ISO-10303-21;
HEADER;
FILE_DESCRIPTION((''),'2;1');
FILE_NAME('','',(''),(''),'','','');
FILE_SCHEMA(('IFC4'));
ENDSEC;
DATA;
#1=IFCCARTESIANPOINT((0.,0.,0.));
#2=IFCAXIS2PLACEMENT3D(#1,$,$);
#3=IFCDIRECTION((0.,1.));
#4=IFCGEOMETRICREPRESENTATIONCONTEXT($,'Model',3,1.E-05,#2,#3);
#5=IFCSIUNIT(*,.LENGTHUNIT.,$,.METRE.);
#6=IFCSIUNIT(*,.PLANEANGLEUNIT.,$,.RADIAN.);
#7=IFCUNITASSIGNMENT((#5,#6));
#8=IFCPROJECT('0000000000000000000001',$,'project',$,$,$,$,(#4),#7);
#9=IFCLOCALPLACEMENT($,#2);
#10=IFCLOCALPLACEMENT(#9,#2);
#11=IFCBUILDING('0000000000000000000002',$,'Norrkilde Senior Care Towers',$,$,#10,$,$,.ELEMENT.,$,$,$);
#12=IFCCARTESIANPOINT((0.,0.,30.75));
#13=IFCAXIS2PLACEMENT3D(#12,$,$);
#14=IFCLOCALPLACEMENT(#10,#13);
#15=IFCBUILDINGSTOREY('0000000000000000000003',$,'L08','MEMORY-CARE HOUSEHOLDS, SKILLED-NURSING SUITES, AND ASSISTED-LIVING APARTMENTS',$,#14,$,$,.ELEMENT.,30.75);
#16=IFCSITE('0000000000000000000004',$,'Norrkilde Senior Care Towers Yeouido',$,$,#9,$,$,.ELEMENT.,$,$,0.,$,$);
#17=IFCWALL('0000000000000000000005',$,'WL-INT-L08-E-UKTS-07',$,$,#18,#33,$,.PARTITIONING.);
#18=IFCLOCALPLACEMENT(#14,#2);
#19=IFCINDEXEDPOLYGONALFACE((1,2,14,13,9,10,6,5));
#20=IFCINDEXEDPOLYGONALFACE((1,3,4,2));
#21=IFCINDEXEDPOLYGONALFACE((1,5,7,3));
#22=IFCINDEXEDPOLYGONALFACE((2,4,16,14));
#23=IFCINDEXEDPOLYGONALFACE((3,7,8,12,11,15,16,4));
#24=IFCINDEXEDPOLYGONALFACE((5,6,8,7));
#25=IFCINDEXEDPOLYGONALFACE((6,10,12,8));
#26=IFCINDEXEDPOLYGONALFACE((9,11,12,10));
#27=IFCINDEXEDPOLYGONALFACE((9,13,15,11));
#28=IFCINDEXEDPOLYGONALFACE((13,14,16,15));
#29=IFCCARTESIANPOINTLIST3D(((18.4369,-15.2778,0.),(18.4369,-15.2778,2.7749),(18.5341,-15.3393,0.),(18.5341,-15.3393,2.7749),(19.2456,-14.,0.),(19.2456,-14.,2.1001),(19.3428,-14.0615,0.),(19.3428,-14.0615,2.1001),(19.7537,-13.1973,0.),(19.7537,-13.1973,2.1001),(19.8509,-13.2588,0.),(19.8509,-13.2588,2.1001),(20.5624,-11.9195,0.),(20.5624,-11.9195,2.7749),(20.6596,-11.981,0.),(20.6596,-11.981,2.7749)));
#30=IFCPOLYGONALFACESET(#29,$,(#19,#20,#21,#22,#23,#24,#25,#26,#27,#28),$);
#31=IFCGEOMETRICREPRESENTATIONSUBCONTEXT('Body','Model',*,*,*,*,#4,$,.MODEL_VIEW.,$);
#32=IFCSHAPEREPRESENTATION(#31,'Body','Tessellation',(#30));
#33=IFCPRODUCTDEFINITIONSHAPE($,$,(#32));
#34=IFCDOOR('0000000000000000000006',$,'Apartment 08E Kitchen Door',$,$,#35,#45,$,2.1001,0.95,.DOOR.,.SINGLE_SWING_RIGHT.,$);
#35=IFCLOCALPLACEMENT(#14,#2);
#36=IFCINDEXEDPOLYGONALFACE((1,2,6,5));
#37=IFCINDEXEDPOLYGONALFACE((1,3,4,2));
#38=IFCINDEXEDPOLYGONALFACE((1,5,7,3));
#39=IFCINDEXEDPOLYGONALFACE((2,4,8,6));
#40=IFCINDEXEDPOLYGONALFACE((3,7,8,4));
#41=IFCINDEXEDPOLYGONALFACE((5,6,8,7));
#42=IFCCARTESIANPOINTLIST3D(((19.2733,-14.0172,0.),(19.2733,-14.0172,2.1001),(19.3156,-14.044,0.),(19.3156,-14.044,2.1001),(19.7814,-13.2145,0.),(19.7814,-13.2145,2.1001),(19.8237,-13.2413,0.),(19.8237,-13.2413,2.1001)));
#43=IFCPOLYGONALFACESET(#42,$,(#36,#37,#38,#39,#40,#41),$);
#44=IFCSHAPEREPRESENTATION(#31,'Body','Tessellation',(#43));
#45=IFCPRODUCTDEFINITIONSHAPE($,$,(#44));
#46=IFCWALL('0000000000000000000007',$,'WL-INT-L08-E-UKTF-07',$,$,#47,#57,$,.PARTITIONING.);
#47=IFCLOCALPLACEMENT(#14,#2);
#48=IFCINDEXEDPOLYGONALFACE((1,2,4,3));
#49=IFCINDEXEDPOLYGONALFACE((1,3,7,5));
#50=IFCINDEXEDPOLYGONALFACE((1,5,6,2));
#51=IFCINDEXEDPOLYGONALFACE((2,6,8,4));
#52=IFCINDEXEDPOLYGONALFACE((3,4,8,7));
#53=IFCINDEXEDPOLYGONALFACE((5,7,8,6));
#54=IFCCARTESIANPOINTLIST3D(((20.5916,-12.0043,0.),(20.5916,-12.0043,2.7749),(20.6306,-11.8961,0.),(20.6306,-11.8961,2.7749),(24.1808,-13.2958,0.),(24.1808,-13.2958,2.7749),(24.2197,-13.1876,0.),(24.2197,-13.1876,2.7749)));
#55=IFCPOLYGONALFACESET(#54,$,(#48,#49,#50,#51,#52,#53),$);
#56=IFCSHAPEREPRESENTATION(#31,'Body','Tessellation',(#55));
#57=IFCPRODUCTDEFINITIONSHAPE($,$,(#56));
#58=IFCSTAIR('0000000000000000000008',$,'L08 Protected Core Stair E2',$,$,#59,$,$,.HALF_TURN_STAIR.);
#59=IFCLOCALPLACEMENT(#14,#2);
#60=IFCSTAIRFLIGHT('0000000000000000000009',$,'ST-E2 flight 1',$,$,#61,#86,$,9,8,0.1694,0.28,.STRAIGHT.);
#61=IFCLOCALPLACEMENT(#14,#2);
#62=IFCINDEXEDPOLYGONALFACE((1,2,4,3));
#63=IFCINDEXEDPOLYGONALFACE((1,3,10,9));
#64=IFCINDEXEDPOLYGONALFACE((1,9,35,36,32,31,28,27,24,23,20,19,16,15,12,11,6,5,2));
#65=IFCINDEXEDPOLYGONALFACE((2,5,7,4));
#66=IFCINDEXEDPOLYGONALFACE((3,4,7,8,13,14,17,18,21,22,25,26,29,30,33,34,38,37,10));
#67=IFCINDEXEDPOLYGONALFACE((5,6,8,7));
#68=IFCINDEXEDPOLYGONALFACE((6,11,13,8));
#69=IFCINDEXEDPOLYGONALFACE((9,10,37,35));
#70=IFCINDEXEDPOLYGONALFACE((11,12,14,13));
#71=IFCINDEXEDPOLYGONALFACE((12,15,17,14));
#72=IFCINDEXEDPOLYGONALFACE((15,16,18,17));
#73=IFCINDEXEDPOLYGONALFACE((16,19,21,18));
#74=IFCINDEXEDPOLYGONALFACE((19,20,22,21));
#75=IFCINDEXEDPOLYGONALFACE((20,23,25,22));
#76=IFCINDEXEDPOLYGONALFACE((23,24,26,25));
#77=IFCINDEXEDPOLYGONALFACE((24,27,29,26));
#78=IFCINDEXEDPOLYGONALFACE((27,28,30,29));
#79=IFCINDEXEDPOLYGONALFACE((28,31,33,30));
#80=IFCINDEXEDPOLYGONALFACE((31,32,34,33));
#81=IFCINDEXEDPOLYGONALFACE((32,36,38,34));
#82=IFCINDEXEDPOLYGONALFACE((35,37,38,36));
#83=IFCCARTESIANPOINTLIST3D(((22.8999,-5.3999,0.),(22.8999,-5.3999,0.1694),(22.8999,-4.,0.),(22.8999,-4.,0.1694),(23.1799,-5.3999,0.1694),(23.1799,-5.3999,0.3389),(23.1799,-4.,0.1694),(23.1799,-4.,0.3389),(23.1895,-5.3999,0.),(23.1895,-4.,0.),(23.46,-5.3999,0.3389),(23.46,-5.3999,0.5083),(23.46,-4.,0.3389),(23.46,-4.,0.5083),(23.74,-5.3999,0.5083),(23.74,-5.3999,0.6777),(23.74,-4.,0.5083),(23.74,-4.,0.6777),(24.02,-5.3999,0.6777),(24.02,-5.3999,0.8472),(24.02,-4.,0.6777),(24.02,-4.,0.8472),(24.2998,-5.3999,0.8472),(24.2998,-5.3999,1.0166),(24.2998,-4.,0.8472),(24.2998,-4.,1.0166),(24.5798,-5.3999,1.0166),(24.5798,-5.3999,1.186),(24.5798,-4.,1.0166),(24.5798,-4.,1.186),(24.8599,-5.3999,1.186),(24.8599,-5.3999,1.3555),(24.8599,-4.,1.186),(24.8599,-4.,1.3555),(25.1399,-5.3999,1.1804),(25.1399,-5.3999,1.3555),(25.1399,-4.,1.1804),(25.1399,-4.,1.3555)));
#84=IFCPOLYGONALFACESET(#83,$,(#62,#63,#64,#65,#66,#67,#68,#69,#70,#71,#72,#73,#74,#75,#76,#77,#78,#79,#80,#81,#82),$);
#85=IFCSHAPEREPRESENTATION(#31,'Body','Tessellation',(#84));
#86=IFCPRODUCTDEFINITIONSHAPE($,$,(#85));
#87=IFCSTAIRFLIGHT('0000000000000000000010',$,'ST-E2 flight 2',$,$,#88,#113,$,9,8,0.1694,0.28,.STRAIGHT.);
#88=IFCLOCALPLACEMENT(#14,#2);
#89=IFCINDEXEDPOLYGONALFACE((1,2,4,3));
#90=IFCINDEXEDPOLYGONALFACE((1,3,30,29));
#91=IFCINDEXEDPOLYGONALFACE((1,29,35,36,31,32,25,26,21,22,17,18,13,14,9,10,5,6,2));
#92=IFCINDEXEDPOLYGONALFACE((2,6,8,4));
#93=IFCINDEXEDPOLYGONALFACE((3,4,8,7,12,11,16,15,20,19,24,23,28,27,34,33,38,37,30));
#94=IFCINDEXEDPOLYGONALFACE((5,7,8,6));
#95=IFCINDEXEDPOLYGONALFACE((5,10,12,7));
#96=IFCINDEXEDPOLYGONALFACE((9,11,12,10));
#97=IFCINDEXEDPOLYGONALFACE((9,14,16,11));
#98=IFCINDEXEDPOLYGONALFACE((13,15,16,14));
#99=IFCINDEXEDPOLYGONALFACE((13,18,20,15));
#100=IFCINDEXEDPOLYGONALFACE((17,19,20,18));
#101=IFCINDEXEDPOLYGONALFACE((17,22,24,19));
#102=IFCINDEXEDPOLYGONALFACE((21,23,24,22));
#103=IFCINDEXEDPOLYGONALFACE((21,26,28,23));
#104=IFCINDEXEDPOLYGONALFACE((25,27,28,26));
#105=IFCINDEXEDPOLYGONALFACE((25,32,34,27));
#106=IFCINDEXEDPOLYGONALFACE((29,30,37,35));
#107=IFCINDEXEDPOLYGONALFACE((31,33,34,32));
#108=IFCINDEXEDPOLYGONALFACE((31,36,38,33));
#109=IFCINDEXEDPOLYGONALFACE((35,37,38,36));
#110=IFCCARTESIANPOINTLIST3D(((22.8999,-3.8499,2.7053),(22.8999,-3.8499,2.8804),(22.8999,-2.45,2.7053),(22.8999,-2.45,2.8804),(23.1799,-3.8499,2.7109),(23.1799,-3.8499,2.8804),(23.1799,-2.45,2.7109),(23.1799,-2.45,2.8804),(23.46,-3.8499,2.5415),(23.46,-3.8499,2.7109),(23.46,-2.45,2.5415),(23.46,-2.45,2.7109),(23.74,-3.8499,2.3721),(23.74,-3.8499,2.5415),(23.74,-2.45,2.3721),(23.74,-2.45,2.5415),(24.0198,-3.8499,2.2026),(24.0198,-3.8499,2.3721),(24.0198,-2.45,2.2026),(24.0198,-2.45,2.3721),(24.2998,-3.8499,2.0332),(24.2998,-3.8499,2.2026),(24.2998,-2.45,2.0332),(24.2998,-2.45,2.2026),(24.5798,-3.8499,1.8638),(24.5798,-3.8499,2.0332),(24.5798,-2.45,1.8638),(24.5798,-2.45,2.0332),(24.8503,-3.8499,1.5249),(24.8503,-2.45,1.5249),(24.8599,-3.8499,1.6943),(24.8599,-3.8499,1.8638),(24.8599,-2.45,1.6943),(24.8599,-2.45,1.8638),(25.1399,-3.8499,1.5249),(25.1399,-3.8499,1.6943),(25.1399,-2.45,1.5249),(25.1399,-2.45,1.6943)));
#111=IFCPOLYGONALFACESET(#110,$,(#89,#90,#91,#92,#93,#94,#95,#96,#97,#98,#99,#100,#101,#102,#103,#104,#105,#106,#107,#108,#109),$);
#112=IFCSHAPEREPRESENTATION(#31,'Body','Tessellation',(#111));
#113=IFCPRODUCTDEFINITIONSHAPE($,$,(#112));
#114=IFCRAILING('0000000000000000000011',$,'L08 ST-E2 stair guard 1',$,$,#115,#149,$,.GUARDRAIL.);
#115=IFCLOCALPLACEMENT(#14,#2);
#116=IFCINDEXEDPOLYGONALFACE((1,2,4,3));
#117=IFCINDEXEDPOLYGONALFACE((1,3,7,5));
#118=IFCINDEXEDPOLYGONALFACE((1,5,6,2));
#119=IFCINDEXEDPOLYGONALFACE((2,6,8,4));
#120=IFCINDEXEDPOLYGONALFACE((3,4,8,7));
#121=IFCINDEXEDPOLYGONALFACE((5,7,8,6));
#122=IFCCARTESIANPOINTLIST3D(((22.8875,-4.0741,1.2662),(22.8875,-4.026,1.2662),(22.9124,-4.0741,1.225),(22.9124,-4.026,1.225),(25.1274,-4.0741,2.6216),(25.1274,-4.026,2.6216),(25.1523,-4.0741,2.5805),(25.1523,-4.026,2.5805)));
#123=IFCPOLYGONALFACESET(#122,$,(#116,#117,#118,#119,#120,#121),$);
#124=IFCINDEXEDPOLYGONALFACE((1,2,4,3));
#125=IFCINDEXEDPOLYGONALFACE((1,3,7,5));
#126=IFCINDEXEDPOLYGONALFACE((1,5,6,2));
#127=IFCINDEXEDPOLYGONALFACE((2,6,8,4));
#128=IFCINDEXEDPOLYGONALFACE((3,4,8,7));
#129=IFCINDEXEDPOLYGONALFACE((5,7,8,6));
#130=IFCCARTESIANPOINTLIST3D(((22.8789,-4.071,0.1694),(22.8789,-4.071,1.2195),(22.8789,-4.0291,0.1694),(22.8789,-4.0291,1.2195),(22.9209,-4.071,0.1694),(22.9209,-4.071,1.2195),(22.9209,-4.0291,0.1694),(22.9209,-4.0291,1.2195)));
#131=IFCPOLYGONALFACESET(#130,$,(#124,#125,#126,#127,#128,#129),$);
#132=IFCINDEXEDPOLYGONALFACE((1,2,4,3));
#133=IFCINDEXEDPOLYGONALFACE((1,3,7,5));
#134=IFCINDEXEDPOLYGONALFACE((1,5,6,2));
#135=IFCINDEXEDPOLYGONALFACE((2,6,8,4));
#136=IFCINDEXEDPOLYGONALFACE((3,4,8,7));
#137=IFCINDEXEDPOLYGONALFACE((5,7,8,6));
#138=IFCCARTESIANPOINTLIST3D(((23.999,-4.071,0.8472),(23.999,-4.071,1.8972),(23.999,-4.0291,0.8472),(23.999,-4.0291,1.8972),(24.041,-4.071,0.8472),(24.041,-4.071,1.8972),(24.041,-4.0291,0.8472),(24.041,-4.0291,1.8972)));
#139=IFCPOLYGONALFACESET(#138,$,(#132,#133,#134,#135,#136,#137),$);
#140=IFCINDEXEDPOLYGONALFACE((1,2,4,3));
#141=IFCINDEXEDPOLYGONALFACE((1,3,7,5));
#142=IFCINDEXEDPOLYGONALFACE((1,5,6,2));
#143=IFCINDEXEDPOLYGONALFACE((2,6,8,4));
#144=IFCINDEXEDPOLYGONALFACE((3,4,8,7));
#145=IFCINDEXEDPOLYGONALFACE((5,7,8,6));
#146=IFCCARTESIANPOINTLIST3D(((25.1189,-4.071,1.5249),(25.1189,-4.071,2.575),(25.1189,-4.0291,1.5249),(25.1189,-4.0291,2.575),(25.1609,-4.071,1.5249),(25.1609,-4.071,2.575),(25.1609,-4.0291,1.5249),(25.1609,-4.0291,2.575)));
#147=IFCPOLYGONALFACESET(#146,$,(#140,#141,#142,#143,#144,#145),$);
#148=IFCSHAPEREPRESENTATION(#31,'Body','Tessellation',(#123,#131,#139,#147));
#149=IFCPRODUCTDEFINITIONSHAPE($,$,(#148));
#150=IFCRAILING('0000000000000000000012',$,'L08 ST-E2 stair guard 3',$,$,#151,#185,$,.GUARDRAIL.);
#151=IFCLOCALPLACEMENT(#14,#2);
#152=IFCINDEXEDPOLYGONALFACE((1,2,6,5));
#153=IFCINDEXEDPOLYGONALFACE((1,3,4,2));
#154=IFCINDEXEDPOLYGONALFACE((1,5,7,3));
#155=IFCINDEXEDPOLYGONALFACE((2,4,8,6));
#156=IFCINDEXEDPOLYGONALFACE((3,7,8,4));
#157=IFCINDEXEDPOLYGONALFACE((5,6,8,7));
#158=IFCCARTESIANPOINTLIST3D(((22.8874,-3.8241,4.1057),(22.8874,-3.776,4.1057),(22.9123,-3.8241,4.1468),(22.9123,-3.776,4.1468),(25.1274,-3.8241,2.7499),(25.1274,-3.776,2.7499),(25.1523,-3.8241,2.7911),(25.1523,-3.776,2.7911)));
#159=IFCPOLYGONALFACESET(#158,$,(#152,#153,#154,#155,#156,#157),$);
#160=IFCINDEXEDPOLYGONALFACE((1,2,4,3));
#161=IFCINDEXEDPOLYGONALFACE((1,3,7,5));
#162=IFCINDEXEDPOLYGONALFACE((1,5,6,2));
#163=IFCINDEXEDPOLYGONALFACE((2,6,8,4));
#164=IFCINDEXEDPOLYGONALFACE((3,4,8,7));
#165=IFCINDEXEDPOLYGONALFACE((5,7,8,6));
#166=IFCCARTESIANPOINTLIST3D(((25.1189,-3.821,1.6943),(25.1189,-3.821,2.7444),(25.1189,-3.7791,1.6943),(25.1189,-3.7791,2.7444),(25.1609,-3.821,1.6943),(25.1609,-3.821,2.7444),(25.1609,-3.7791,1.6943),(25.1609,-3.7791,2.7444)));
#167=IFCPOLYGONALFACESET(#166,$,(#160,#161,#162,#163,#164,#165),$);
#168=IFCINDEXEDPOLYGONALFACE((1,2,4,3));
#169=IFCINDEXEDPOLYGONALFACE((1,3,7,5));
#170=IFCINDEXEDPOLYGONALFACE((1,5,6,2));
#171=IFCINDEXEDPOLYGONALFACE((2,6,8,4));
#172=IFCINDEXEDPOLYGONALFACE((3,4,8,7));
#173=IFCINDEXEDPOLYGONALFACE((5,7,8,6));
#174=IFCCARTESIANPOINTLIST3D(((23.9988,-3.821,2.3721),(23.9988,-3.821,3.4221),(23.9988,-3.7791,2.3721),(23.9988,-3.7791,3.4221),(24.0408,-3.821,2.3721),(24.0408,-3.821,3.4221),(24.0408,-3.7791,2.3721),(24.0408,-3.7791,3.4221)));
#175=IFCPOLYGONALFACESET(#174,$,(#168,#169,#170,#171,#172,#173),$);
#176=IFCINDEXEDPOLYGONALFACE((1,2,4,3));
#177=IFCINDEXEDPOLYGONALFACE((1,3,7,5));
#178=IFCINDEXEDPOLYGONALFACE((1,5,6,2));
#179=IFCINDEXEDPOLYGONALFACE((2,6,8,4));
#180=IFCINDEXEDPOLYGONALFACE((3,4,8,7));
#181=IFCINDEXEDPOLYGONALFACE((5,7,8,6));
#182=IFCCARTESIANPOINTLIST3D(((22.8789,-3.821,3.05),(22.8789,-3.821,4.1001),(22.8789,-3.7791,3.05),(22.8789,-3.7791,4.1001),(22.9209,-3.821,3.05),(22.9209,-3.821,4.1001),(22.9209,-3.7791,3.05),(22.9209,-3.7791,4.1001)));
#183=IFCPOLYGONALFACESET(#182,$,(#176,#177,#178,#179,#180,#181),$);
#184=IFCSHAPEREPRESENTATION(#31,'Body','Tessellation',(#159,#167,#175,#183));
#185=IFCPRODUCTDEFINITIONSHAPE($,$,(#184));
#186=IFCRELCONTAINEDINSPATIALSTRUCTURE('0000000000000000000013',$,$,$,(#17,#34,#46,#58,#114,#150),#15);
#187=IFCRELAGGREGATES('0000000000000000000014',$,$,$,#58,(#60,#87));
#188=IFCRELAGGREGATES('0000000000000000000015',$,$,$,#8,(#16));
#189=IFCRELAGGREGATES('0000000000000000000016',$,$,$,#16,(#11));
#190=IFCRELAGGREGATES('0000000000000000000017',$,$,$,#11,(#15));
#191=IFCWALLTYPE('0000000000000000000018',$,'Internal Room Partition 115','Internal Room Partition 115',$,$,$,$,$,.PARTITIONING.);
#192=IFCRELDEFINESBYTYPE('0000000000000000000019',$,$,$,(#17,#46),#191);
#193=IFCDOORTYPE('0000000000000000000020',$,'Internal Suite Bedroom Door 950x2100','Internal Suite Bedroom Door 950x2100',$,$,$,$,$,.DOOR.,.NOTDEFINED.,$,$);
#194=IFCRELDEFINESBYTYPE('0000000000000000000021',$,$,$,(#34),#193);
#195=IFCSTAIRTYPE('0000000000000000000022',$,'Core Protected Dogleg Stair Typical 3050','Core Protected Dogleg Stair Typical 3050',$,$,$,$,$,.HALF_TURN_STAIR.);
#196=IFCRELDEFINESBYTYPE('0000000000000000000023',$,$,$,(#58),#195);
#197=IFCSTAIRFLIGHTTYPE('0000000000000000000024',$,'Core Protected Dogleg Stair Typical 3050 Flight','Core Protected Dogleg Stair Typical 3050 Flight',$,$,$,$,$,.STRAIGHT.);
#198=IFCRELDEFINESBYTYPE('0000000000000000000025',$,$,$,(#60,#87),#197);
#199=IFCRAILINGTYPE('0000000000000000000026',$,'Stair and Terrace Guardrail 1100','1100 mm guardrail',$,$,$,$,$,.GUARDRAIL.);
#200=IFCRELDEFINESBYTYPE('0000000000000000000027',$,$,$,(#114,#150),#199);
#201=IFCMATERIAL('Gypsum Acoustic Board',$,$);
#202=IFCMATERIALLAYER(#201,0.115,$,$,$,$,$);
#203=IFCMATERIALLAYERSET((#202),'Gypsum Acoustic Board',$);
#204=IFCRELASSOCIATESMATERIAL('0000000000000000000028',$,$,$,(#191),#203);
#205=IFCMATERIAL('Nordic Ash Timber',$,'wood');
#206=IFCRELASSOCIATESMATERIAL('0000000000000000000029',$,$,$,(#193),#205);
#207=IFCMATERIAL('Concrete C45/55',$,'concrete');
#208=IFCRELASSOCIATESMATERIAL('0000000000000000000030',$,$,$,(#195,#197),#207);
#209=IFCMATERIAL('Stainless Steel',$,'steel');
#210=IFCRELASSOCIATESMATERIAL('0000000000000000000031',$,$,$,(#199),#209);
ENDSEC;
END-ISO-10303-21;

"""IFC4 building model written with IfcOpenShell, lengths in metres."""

from ifc_helpers import new_model, si_unit, direction, frame, frame_2d, origin, origin_2d, place, context, subcontext, project, spatial, polyline, rectangle, outline, extrude, source, transform, mapped, material, layer, layer_set, type_object, type_shapes, element, fill, aggregate, save


model = new_model("IFC4")

# Units and contexts
model_context = context("Model", 3, precision=1e-05, world=origin(), true_north=direction((0.0, 1.0)))
body_context = subcontext(model_context, "Body", "Model", "MODEL_VIEW")
ifc_project = project(units=[si_unit("LENGTHUNIT", "METRE"), si_unit("PLANEANGLEUNIT", "RADIAN")], contexts=[model_context])

# Site, building, storey
site_placement = place(None, origin())
site = spatial("IfcSite", under=ifc_project, at=site_placement, Name="Norrkilde Senior Care Towers Yeouido", CompositionType="ELEMENT", RefElevation=0.0)
building_placement = place(site_placement, origin())
building = spatial("IfcBuilding", under=site, at=building_placement, Name="Norrkilde Senior Care Towers", CompositionType="ELEMENT")
storey_placement = place(building_placement, frame((0.0, 0.0, 30.75)))
storey = spatial("IfcBuildingStorey", under=building, at=storey_placement, Name="L08", Description="MEMORY-CARE HOUSEHOLDS, SKILLED-NURSING SUITES, AND ASSISTED-LIVING APARTMENTS", CompositionType="ELEMENT", Elevation=30.75)

# Shared definitions
ifc_material_1 = material(Name="Gypsum Acoustic Board")
ifc_layer_1 = layer(ifc_material_1, 0.115)
ifc_layer_set_1 = layer_set([ifc_layer_1], Name="Gypsum Acoustic Board")
wall_type_1 = type_object("IfcWallType", Name="Internal Room Partition 115", Description="Internal Room Partition 115", PredefinedType="PARTITIONING", material=ifc_layer_set_1)
ifc_material_2 = material(Name="Nordic Ash Timber", Category="wood")
door_type_1 = type_object("IfcDoorType", Name="Internal Suite Bedroom Door 950x2100", Description="Internal Suite Bedroom Door 950x2100", OperationType="NOTDEFINED", PredefinedType="DOOR", material=ifc_material_2)
shared_shape_1 = source(origin(), body_context, "Body", "SweptSolid", [
    extrude(rectangle(XDim=0.95, YDim=2.1001, at=frame_2d((0.4751, 1.05))), frame((0.0, 0.0249, 0.0), z_axis=(0.0, -1.0, 0.0), x_axis=(1.0, 0.0, 0.0)), (0.0, 0.0, 1.0), 0.05),
])
type_shapes(door_type_1, [shared_shape_1])

# Shared definitions
ifc_material_3 = material(Name="Concrete C45/55", Category="concrete")

# Wall, opening, door
shared_shape_2 = source(origin(), body_context, "Body", "SweptSolid", [
    extrude(rectangle(XDim=3.9744, YDim=0.115, at=frame_2d((1.9873, 0.0))), origin(), (0.0, 0.0, 1.0), 2.7749),
])
wall_1_placement = place(storey_placement, frame((20.6111, -11.9502, 0.0), z_axis=(0.0, 0.0, 1.0), x_axis=(-0.534811, -0.844972, 0.0)))
wall_1 = element("IfcWall", 1, at=wall_1_placement, inside=storey, type_object=wall_type_1, Name="WL-INT-L08-E-UKTS-07", PredefinedType="PARTITIONING", context=body_context, shape_type="MappedRepresentation", body=[
    mapped(shared_shape_2, transform((0.0, 0.0, 0.0), x_axis=(1.0, 0.0, 0.0), y_axis=(0.0, 1.0, 0.0), z_axis=(0.0, 0.0, 1.0), scale=1.0)),
])
opening_1_placement = place(wall_1_placement, frame((1.5122, 0.0, 0.0)))
opening_1 = element("IfcOpeningElement", 2, at=opening_1_placement, cuts=wall_1, PredefinedType="OPENING", context=body_context, shape_type="SweptSolid", body=[
    extrude(rectangle(XDim=0.95, YDim=2.1001, at=frame_2d((0.4751, 1.05))), frame((0.0, 0.0674, 0.0), z_axis=(0.0, -1.0, 0.0), x_axis=(1.0, 0.0, 0.0)), (0.0, 0.0, 1.0), 0.135),
])
door_1_placement = place(opening_1_placement, frame((0.95, 0.0, 0.0), z_axis=(0.0, 0.0, 1.0), x_axis=(-1.0, 0.0, 0.0)))
door_1 = element("IfcDoor", 3, at=door_1_placement, inside=storey, type_object=door_type_1, Name="Apartment 08E Kitchen Door", OperationType="SINGLE_SWING_RIGHT", OverallHeight=2.1001, OverallWidth=0.95, PredefinedType="DOOR", context=body_context, shape_type="MappedRepresentation", body=[
    mapped(shared_shape_1, transform((0.0, 0.0, 0.0), x_axis=(1.0, 0.0, 0.0), y_axis=(0.0, 1.0, 0.0), z_axis=(0.0, 0.0, 1.0), scale=1.0)),
])
fill(opening_1, door_1)

# Wall
shared_shape_3 = source(origin(), body_context, "Body", "SweptSolid", [
    extrude(rectangle(XDim=3.8145, YDim=0.115, at=frame_2d((1.9072, 0.0))), origin(), (0.0, 0.0, 1.0), 2.7749),
])
wall_2_placement = place(storey_placement, frame((20.6111, -11.9502, 0.0), z_axis=(0.0, 0.0, 1.0), x_axis=(0.940936, -0.338586, 0.0)))
element("IfcWall", 4, at=wall_2_placement, inside=storey, type_object=wall_type_1, Name="WL-INT-L08-E-UKTF-07", PredefinedType="PARTITIONING", context=body_context, shape_type="MappedRepresentation", body=[
    mapped(shared_shape_3, transform((0.0, 0.0, 0.0), x_axis=(1.0, 0.0, 0.0), y_axis=(0.0, 1.0, 0.0), z_axis=(0.0, 0.0, 1.0), scale=1.0)),
])

# Stair, stair flights
stair_type = type_object("IfcStairType", Name="Core Protected Dogleg Stair Typical 3050", Description="Core Protected Dogleg Stair Typical 3050", PredefinedType="HALF_TURN_STAIR", material=ifc_material_3)
stair_placement = place(storey_placement, origin())
stair = element("IfcStair", 5, at=stair_placement, inside=storey, type_object=stair_type, Name="L08 Protected Core Stair E2", PredefinedType="HALF_TURN_STAIR")
stair_flight_type = type_object("IfcStairFlightType", Name="Core Protected Dogleg Stair Typical 3050 Flight", Description="Core Protected Dogleg Stair Typical 3050 Flight", PredefinedType="STRAIGHT", material=ifc_material_3)
stair_flight_1_placement = place(storey_placement, frame((22.8999, -4.7, 0.0), z_axis=(0.0, 0.0, 1.0), x_axis=(1.0, 0.0, 0.0)))
stair_flight_1 = element("IfcStairFlight", 6, at=stair_flight_1_placement, type_object=stair_flight_type, Name="ST-E2 flight 1", NumberOfRisers=9, NumberOfTreads=8, PredefinedType="STRAIGHT", RiserHeight=0.1694, TreadLength=0.28, context=body_context, shape_type="SweptSolid", body=[
    extrude(outline(polyline([(0.0, 0.0), (0.0, 0.1694), (0.28, 0.1694), (0.28, 0.3389), (0.5601, 0.3389), (0.5601, 0.5083), (0.8401, 0.5083), (0.8401, 0.6777), (1.1201, 0.6777), (1.1201, 0.8472), (1.3999, 0.8472), (1.3999, 1.0166), (1.6799, 1.0166), (1.6799, 1.186), (1.96, 1.186), (1.96, 1.3555), (2.24, 1.3555), (2.24, 1.5249), (2.24, 1.1804), (0.2896, 0.0), (0.0, 0.0)])), frame((0.0, 0.7, 0.0), z_axis=(0.0, -1.0, 0.0), x_axis=(1.0, 0.0, 0.0)), (0.0, 0.0, 1.0), 1.3999),
])
stair_flight_2_placement = place(storey_placement, frame((25.1399, -3.1499, 1.5249), z_axis=(0.0, 0.0, 1.0), x_axis=(-1.0, 0.0, 0.0)))
stair_flight_2 = element("IfcStairFlight", 7, at=stair_flight_2_placement, type_object=stair_flight_type, Name="ST-E2 flight 2", NumberOfRisers=9, NumberOfTreads=8, PredefinedType="STRAIGHT", RiserHeight=0.1694, TreadLength=0.28, context=body_context, shape_type="SweptSolid", body=[
    extrude(outline(polyline([(0.0, 0.0), (0.0, 0.1694), (0.28, 0.1694), (0.28, 0.3389), (0.5601, 0.3389), (0.5601, 0.5083), (0.8401, 0.5083), (0.8401, 0.6777), (1.1201, 0.6777), (1.1201, 0.8472), (1.3999, 0.8472), (1.3999, 1.0166), (1.6799, 1.0166), (1.6799, 1.186), (1.96, 1.186), (1.96, 1.3555), (2.24, 1.3555), (2.24, 1.5249), (2.24, 1.1804), (0.2896, 0.0), (0.0, 0.0)])), frame((0.0, 0.7, 0.0), z_axis=(0.0, -1.0, 0.0), x_axis=(1.0, 0.0, 0.0)), (0.0, 0.0, 1.0), 1.3999),
])
aggregate(stair, [stair_flight_1, stair_flight_2])

# Railings
ifc_material_4 = material(Name="Stainless Steel", Category="steel")
railing_type_1 = type_object("IfcRailingType", Name="Stair and Terrace Guardrail 1100", Description="1100 mm guardrail", PredefinedType="GUARDRAIL", material=ifc_material_4)
railing_1_placement = place(storey_placement, frame((22.8999, -4.05, 0.1694)))
element("IfcRailing", 8, at=railing_1_placement, inside=storey, type_object=railing_type_1, Name="L08 ST-E2 stair guard 1", PredefinedType="GUARDRAIL", context=body_context, shape_type="SweptSolid", body=[
    extrude(rectangle(XDim=0.0481, YDim=0.0481, at=origin_2d()), frame((0.0, 0.0, 1.0762), z_axis=(0.855553, 0.0, 0.517715), x_axis=(0.0, 1.0, 0.0)), (0.0, 0.0, 1.0), 2.6182),
    extrude(rectangle(XDim=0.042, YDim=0.042, at=origin_2d()), origin(), (0.0, 0.0, 1.0), 1.05),
    extrude(rectangle(XDim=0.042, YDim=0.042, at=origin_2d()), frame((1.1201, 0.0, 0.6777)), (0.0, 0.0, 1.0), 1.05),
    extrude(rectangle(XDim=0.042, YDim=0.042, at=origin_2d()), frame((2.24, 0.0, 1.3555)), (0.0, 0.0, 1.0), 1.05),
])
railing_2_placement = place(storey_placement, frame((25.1399, -3.8, 1.6943)))
element("IfcRailing", 9, at=railing_2_placement, inside=storey, type_object=railing_type_1, Name="L08 ST-E2 stair guard 3", PredefinedType="GUARDRAIL", context=body_context, shape_type="SweptSolid", body=[
    extrude(rectangle(XDim=0.0481, YDim=0.0481, at=origin_2d()), frame((0.0, 0.0, 1.0762), z_axis=(-0.855512, 0.0, 0.517783), x_axis=(0.0, -1.0, 0.0)), (0.0, 0.0, 1.0), 2.6184),
    extrude(rectangle(XDim=0.042, YDim=0.042, at=origin_2d()), origin(), (0.0, 0.0, 1.0), 1.05),
    extrude(rectangle(XDim=0.042, YDim=0.042, at=origin_2d()), frame((-1.1201, 0.0, 0.6777)), (0.0, 0.0, 1.0), 1.05),
    extrude(rectangle(XDim=0.042, YDim=0.042, at=origin_2d()), frame((-2.24, 0.0, 1.3557)), (0.0, 0.0, 1.0), 1.05),
])

save(model, "model.ifc")
